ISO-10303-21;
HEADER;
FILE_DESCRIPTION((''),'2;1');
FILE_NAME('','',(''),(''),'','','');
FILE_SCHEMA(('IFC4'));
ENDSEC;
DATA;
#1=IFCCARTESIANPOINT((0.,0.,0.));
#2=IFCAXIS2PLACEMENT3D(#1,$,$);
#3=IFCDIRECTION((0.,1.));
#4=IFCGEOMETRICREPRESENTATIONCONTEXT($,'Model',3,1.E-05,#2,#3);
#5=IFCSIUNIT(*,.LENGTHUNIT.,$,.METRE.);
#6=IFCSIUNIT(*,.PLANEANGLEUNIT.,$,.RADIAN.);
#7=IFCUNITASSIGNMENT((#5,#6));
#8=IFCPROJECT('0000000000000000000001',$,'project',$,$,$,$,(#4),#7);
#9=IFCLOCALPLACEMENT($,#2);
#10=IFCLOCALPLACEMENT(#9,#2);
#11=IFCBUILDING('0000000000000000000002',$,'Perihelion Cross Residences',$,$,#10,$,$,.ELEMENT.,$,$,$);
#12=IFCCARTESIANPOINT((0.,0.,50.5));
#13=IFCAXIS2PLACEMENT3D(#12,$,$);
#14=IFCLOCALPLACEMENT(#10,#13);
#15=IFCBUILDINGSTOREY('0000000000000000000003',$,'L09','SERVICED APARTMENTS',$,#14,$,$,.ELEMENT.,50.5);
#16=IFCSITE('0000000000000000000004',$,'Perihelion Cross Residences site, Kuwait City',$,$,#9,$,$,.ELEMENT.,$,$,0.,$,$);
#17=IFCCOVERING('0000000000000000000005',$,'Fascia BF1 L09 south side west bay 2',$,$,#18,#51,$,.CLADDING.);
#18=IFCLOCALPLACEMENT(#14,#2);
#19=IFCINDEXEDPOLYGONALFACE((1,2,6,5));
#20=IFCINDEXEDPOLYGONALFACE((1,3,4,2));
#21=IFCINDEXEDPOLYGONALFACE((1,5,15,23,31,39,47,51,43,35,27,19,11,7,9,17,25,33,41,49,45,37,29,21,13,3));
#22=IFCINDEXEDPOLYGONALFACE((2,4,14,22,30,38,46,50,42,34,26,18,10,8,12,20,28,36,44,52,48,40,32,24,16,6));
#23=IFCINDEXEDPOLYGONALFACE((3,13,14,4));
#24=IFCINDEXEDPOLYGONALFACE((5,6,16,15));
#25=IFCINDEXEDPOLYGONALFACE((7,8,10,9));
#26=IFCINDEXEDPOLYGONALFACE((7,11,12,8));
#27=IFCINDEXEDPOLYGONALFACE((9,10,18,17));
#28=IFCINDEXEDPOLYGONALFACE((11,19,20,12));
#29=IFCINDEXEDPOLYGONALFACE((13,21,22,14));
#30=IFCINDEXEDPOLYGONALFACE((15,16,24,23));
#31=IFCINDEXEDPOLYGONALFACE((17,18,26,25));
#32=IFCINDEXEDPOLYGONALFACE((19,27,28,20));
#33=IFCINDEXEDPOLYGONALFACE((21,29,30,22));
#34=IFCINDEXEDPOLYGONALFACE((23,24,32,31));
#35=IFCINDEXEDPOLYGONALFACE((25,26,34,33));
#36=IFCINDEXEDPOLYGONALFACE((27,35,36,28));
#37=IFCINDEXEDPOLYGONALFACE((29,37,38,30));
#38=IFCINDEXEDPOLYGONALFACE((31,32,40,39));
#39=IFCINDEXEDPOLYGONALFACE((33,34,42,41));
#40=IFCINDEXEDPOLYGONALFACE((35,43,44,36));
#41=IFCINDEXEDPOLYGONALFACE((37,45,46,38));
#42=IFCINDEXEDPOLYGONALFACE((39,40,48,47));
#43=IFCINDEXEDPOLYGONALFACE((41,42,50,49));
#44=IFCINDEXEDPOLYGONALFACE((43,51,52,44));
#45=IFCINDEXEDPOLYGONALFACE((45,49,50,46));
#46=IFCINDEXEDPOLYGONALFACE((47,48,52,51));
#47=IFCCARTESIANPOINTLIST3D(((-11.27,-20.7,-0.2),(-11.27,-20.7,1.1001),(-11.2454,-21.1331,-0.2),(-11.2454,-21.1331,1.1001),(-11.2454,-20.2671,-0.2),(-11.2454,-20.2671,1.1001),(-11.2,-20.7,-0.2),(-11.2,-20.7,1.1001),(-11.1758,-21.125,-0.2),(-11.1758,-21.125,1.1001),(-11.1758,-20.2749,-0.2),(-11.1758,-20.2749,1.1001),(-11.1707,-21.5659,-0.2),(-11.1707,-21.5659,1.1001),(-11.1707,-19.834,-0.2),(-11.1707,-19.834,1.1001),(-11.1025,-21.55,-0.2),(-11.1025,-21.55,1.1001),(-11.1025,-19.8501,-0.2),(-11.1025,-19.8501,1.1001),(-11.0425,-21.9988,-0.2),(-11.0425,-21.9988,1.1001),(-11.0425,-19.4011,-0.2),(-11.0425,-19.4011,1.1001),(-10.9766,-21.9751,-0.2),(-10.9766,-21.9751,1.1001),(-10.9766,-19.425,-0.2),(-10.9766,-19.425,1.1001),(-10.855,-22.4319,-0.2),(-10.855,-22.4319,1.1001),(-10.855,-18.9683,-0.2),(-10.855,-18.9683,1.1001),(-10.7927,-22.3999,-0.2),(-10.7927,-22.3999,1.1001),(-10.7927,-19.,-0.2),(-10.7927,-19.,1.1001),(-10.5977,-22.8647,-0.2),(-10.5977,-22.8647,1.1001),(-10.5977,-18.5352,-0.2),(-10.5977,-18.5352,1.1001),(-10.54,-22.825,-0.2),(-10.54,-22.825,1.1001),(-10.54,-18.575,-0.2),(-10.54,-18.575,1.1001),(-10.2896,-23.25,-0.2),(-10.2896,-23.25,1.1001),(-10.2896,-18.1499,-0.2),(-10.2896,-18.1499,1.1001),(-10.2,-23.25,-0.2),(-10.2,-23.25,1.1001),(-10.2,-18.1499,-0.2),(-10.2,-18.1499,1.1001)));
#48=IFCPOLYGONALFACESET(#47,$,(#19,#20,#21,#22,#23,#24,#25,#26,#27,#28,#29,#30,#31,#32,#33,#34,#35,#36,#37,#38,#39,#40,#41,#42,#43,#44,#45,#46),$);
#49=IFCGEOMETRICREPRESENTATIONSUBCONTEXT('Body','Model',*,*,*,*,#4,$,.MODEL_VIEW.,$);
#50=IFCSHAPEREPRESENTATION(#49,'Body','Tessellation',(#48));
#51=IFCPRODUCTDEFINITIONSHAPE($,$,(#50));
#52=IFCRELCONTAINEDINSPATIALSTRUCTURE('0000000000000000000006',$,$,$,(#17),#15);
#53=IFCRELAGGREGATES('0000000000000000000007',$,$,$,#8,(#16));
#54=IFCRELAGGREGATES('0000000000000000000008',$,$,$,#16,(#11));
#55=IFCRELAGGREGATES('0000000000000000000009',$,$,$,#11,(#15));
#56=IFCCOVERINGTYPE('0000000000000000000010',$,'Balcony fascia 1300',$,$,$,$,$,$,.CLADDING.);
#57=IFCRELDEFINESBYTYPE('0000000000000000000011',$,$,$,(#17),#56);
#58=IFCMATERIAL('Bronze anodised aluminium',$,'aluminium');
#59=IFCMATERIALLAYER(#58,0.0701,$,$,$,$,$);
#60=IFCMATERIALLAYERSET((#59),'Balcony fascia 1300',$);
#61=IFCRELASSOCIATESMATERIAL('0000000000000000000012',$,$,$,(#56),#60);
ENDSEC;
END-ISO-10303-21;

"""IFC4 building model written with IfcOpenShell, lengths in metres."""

from ifc_helpers import new_model, si_unit, direction, frame, origin, place, context, subcontext, project, spatial, polyline, outline, extrude, material, layer, layer_set, type_object, element, save


model = new_model("IFC4")

# Units and contexts
model_context = context("Model", 3, precision=1e-05, world=origin(), true_north=direction((0.0, 1.0)))
body_context = subcontext(model_context, "Body", "Model", "MODEL_VIEW")
ifc_project = project(units=[si_unit("LENGTHUNIT", "METRE"), si_unit("PLANEANGLEUNIT", "RADIAN")], contexts=[model_context])

# Site, building, storey
site_placement = place(None, origin())
site = spatial("IfcSite", under=ifc_project, at=site_placement, Name="Perihelion Cross Residences site, Kuwait City", CompositionType="ELEMENT", RefElevation=0.0)
building_placement = place(site_placement, origin())
building = spatial("IfcBuilding", under=site, at=building_placement, Name="Perihelion Cross Residences", CompositionType="ELEMENT")
storey_placement = place(building_placement, frame((0.0, 0.0, 50.5)))
storey = spatial("IfcBuildingStorey", under=building, at=storey_placement, Name="L09", Description="SERVICED APARTMENTS", CompositionType="ELEMENT", Elevation=50.5)

# Covering
ifc_material_1 = material(Name="Bronze anodised aluminium", Category="aluminium")
ifc_layer_1 = layer(ifc_material_1, 0.0701)
ifc_layer_set_1 = layer_set([ifc_layer_1], Name="Balcony fascia 1300")
covering_type = type_object("IfcCoveringType", Name="Balcony fascia 1300", PredefinedType="CLADDING", material=ifc_layer_set_1)
covering_1_placement = place(storey_placement, frame((0.0, 0.0, -0.2)))
element("IfcCovering", 1, at=covering_1_placement, inside=storey, type_object=covering_type, Name="Fascia BF1 L09 south side west bay 2", PredefinedType="CLADDING", context=body_context, shape_type="SweptSolid", body=[
    extrude(outline(polyline([(-10.5977, -18.5352), (-10.855, -18.9683), (-11.0425, -19.4011), (-11.1707, -19.834), (-11.2454, -20.2671), (-11.27, -20.7), (-11.2454, -21.1331), (-11.1707, -21.5659), (-11.0425, -21.9988), (-10.855, -22.4319), (-10.5977, -22.8647), (-10.2896, -23.25), (-10.2, -23.25), (-10.54, -22.825), (-10.7927, -22.3999), (-10.9766, -21.9751), (-11.1025, -21.55), (-11.1758, -21.125), (-11.2, -20.7), (-11.1758, -20.2749), (-11.1025, -19.8501), (-10.9766, -19.425), (-10.7927, -19.0), (-10.54, -18.575), (-10.2, -18.1499), (-10.2896, -18.1499), (-10.5977, -18.5352)])), origin(), (0.0, 0.0, 1.0), 1.3),
])

save(model, "model.ifc")
